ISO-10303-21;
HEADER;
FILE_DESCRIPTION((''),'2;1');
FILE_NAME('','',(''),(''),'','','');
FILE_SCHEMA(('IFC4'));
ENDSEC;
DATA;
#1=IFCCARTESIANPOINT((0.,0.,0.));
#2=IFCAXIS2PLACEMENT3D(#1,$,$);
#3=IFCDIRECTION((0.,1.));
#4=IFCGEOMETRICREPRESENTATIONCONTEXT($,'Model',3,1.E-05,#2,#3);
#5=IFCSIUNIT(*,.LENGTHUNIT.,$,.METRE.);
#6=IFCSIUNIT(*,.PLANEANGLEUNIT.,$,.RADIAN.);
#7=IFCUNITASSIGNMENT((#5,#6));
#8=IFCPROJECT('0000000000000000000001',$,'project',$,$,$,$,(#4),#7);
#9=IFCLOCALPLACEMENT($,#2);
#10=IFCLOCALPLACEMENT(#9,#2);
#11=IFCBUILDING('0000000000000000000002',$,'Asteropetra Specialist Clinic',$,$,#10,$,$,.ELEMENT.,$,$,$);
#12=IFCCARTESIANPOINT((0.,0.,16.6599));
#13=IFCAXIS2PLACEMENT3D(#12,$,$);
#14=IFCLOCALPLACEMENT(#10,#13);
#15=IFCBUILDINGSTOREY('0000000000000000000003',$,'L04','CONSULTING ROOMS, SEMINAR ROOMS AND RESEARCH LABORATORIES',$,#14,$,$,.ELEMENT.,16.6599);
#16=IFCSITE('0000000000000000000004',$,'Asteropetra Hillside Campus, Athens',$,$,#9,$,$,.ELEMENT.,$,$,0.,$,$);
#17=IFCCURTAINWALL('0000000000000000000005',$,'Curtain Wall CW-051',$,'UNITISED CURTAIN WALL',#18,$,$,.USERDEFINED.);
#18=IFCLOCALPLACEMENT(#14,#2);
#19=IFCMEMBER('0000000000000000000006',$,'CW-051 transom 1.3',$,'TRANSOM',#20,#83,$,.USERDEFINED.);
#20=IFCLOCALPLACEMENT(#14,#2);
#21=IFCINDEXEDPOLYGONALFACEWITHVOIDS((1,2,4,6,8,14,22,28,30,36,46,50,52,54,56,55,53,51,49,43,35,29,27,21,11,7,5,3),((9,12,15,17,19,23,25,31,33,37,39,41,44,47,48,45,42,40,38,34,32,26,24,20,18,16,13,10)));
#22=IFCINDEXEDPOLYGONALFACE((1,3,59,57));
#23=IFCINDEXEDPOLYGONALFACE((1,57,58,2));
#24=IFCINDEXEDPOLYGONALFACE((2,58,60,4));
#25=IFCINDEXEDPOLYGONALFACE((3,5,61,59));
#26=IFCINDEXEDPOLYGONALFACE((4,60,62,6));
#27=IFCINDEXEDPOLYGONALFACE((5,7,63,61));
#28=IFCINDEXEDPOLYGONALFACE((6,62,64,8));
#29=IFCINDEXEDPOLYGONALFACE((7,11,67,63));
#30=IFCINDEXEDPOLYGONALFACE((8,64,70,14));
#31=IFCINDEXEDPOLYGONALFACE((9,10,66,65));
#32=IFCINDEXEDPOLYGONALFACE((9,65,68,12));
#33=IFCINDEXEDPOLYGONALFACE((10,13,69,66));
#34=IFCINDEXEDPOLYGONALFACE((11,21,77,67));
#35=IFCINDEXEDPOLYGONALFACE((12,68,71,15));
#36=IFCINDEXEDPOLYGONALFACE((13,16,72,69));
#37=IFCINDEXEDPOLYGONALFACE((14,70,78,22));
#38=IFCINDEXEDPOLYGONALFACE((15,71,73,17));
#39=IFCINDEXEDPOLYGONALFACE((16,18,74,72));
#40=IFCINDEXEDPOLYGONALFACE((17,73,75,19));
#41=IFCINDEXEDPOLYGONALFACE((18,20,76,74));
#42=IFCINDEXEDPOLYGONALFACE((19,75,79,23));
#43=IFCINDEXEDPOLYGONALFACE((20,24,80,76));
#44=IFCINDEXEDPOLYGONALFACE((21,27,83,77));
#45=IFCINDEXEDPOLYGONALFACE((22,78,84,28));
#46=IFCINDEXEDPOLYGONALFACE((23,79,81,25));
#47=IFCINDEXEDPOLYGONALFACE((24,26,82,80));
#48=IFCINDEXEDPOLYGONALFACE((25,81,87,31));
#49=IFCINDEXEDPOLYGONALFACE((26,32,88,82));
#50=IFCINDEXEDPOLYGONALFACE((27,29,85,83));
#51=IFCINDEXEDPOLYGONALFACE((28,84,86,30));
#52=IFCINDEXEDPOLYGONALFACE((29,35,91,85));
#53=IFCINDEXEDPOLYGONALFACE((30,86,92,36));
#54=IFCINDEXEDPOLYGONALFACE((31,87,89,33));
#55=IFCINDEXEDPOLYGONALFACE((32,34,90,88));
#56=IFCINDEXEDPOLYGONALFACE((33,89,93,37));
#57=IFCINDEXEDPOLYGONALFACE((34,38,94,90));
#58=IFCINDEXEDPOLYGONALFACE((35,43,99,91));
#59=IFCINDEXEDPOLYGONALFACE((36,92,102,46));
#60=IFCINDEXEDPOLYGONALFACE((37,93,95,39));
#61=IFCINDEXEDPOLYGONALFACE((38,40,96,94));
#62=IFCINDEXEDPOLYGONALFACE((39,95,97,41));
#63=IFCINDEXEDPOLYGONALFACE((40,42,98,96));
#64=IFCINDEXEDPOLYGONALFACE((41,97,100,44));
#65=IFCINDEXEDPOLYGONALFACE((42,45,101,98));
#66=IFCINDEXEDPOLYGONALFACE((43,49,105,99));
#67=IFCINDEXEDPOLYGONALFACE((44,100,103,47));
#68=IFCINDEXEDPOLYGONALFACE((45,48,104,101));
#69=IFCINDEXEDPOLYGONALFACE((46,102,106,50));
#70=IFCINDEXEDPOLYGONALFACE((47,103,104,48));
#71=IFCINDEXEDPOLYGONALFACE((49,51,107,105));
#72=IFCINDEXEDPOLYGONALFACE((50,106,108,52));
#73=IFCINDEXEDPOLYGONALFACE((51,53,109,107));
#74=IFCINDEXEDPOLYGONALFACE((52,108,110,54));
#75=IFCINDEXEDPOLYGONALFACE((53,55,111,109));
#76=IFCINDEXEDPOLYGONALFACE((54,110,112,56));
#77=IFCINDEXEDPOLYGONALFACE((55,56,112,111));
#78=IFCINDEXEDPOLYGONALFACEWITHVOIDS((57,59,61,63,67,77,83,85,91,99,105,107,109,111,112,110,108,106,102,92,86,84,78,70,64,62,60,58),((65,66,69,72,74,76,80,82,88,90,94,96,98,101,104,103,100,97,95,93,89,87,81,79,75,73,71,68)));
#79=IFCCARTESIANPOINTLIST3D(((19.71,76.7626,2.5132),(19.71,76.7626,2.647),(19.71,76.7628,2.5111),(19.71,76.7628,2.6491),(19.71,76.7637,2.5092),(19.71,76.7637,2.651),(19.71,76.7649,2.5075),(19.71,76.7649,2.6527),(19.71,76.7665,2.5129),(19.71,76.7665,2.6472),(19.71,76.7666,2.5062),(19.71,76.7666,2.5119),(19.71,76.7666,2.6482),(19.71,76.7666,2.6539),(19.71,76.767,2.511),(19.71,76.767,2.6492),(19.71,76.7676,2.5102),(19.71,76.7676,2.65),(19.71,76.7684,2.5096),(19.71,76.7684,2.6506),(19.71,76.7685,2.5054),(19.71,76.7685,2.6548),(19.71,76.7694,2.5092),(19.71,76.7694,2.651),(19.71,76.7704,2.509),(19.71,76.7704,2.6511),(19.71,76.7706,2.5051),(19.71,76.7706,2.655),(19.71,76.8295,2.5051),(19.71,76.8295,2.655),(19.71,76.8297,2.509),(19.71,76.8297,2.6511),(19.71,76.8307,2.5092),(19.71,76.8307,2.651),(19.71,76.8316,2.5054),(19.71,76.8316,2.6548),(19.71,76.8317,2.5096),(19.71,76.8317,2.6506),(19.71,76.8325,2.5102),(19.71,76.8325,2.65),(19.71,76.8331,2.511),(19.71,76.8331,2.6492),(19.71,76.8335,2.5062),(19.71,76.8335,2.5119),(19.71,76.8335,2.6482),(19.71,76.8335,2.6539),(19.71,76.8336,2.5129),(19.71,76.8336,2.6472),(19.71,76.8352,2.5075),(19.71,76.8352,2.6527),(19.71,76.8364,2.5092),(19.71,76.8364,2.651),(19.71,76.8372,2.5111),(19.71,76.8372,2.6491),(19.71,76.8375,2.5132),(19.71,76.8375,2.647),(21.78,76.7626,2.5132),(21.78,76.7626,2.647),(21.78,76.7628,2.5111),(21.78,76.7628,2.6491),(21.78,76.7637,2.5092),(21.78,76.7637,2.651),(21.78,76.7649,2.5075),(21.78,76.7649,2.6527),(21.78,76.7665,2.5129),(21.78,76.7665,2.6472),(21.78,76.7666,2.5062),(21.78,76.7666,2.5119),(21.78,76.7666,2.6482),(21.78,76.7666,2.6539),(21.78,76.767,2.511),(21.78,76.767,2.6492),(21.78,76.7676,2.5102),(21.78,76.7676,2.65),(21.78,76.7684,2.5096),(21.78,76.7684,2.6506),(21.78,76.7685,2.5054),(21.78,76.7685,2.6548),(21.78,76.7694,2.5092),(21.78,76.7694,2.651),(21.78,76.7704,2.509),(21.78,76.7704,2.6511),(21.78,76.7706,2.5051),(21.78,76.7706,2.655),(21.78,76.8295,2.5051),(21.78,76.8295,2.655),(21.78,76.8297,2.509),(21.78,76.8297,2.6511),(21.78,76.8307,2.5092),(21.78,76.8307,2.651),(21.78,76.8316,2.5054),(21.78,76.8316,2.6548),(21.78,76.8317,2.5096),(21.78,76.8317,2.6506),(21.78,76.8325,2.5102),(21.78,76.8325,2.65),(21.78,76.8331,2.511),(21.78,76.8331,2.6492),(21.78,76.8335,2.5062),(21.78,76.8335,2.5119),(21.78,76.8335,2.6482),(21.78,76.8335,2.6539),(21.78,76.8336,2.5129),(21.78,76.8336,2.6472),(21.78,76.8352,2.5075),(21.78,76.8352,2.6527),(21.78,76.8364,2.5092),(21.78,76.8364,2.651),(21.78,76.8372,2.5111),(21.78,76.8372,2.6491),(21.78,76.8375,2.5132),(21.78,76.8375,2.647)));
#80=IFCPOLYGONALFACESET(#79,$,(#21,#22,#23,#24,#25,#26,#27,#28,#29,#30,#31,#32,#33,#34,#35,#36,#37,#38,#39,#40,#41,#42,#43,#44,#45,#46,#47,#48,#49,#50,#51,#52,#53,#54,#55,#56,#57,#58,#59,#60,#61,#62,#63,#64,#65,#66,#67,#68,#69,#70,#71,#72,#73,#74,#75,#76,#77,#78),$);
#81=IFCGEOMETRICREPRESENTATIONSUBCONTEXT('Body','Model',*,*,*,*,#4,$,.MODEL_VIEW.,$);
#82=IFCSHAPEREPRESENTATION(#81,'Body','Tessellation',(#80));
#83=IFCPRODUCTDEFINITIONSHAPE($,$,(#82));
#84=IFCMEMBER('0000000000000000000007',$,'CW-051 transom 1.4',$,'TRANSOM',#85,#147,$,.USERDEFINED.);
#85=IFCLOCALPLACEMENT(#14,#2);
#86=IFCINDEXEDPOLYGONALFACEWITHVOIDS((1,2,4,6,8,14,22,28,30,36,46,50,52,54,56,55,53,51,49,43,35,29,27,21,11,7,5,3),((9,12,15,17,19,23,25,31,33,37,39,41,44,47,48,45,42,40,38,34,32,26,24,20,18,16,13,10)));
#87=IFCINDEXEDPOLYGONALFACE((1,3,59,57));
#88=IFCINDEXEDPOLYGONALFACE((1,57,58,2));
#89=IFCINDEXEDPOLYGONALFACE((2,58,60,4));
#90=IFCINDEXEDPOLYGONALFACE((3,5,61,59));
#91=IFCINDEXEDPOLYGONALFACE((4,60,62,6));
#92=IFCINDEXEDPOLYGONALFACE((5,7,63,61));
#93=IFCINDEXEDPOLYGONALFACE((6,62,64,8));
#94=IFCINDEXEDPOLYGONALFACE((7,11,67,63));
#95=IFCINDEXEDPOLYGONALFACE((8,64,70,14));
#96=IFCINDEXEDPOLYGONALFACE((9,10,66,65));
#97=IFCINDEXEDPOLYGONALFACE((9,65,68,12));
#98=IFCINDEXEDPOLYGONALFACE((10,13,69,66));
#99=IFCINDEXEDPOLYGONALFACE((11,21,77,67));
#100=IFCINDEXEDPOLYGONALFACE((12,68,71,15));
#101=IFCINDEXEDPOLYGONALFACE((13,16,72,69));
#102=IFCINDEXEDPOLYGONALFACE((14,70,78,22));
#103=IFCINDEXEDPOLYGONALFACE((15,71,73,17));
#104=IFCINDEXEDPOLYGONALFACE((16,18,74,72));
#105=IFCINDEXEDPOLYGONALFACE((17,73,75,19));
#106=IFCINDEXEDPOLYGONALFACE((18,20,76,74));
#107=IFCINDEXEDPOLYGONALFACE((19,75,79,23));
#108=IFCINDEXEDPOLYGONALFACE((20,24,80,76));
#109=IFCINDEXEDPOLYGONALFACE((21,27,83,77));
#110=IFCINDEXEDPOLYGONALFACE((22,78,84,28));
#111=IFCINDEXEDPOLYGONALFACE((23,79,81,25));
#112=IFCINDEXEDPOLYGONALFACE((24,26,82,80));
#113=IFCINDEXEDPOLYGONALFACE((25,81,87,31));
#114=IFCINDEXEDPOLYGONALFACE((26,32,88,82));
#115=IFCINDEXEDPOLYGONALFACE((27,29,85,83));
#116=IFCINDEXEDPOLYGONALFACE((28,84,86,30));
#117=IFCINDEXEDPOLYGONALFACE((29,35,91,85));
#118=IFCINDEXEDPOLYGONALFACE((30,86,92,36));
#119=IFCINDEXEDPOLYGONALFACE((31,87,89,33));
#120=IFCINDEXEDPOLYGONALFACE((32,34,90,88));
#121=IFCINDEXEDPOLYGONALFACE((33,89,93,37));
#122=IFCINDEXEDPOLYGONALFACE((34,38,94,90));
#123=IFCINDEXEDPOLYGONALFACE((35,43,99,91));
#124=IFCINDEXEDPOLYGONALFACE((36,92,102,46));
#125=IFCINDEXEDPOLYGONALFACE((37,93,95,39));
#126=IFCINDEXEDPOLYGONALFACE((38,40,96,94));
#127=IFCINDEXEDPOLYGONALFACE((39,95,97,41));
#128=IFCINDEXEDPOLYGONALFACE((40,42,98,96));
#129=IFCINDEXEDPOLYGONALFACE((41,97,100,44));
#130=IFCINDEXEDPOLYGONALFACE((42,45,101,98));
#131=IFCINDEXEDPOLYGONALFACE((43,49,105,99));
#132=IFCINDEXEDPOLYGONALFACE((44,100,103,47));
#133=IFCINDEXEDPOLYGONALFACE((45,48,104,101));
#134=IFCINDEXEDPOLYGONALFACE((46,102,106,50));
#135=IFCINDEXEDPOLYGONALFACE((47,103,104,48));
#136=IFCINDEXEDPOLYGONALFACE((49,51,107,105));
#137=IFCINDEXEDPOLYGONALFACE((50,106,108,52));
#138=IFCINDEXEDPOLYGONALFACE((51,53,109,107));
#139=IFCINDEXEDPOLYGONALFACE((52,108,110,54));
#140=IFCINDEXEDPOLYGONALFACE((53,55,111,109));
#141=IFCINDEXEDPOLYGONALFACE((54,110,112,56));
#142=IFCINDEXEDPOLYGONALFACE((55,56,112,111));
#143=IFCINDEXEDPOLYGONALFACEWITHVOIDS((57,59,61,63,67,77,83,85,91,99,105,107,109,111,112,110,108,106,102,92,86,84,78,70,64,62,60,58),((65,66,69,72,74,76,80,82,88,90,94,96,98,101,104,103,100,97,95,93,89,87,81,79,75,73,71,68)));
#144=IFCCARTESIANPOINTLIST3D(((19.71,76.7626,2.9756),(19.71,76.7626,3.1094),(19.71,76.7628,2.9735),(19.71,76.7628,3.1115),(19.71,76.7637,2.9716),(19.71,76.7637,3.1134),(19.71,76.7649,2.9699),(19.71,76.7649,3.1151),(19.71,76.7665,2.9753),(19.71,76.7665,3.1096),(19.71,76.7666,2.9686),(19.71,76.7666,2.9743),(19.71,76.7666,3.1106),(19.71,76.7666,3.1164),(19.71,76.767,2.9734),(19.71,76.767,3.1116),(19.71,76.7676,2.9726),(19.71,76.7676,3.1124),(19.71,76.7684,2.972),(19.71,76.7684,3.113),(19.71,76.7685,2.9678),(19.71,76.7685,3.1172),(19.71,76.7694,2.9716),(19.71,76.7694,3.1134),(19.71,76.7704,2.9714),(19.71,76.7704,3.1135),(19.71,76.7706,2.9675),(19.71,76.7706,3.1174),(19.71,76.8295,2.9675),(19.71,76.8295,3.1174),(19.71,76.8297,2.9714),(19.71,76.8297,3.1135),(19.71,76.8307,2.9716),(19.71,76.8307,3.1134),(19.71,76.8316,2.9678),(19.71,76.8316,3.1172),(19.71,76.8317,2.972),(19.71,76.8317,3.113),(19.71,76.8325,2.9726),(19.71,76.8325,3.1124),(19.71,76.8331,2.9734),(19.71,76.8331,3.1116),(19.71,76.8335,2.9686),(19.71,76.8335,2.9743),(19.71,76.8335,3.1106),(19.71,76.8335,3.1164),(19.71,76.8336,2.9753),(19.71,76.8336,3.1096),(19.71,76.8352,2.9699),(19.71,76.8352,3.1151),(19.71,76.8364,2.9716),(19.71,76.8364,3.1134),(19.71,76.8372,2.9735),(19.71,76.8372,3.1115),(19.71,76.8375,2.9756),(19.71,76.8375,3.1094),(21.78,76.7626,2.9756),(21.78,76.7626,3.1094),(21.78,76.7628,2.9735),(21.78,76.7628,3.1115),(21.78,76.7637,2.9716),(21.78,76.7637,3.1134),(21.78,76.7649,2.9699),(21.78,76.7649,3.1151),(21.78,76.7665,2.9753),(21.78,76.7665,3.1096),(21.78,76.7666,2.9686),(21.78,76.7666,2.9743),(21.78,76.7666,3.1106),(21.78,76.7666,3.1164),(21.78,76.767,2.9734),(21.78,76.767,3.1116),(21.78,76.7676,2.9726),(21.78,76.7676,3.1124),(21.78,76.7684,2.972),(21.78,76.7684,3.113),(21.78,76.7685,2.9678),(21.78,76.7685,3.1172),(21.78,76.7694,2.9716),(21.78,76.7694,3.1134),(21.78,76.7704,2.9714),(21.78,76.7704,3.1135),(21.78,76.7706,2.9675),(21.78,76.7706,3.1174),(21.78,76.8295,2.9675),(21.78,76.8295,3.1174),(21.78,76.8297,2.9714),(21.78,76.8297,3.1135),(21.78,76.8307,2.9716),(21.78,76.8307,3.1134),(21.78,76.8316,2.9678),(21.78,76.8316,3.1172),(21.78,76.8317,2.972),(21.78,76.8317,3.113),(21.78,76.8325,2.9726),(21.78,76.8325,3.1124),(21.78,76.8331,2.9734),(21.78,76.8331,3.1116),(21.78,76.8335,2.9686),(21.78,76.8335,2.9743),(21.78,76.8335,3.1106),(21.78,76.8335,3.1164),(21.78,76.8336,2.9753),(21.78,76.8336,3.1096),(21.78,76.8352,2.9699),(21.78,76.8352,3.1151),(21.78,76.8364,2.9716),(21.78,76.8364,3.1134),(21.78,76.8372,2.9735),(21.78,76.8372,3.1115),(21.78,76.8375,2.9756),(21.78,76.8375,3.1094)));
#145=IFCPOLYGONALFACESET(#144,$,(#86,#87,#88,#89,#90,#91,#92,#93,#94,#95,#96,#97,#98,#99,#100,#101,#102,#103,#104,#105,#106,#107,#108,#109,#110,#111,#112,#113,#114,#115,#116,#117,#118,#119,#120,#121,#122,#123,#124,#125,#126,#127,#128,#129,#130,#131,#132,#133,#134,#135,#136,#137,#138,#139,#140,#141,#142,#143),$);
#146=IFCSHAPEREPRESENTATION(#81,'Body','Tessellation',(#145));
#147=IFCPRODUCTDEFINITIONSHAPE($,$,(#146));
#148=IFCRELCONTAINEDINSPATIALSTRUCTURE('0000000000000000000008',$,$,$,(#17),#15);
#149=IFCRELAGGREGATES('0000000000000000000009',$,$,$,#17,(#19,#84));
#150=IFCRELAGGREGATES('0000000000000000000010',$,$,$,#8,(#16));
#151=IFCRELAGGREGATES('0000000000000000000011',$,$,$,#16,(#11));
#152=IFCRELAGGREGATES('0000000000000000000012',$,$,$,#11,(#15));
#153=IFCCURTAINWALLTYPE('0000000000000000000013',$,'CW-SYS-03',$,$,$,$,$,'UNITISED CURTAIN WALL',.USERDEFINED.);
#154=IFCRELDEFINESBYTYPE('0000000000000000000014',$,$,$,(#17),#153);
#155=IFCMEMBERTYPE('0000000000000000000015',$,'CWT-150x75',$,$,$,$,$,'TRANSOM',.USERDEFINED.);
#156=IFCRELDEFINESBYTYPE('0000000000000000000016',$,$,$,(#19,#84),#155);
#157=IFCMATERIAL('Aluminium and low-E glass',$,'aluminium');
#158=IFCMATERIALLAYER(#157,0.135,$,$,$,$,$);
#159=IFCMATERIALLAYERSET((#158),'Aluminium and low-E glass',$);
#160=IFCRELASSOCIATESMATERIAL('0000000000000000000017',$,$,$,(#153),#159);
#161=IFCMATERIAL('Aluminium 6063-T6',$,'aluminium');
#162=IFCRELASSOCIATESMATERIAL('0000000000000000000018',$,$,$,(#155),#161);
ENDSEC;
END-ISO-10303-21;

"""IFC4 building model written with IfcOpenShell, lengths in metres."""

from ifc_helpers import new_model, si_unit, direction, frame, origin, origin_2d, place, context, subcontext, project, spatial, hollow_rectangle, extrude, material, layer, layer_set, material_profile, profile_set, type_object, element, aggregate, save


model = new_model("IFC4")

# Units and contexts
model_context = context("Model", 3, precision=1e-05, world=origin(), true_north=direction((0.0, 1.0)))
body_context = subcontext(model_context, "Body", "Model", "MODEL_VIEW")
ifc_project = project(units=[si_unit("LENGTHUNIT", "METRE"), si_unit("PLANEANGLEUNIT", "RADIAN")], contexts=[model_context])

# Site, building, storey
site_placement = place(None, origin())
site = spatial("IfcSite", under=ifc_project, at=site_placement, Name="Asteropetra Hillside Campus, Athens", CompositionType="ELEMENT", RefElevation=0.0)
building_placement = place(site_placement, origin())
building = spatial("IfcBuilding", under=site, at=building_placement, Name="Asteropetra Specialist Clinic", CompositionType="ELEMENT")
storey_placement = place(building_placement, frame((0.0, 0.0, 16.6599)))
storey = spatial("IfcBuildingStorey", under=building, at=storey_placement, Name="L04", Description="CONSULTING ROOMS, SEMINAR ROOMS AND RESEARCH LABORATORIES", CompositionType="ELEMENT", Elevation=16.6599)

# Curtain wall
ifc_material_1 = material(Name="Aluminium and low-E glass", Category="aluminium")
ifc_layer_1 = layer(ifc_material_1, 0.135)
ifc_layer_set_1 = layer_set([ifc_layer_1], Name="Aluminium and low-E glass")
curtain_wall_type_1 = type_object("IfcCurtainWallType", Name="CW-SYS-03", ElementType="UNITISED CURTAIN WALL", PredefinedType="USERDEFINED", material=ifc_layer_set_1)
curtain_wall_1_placement = place(storey_placement, origin())
curtain_wall_1 = element("IfcCurtainWall", 1, at=curtain_wall_1_placement, inside=storey, type_object=curtain_wall_type_1, Name="Curtain Wall CW-051", ObjectType="UNITISED CURTAIN WALL", PredefinedType="USERDEFINED")

# Members
ifc_material_2 = material(Name="Aluminium 6063-T6", Category="aluminium")
ifc_material_profile_1 = material_profile(ifc_material_2, hollow_rectangle(XDim=0.075, YDim=0.1499, WallThickness=0.0039, InnerFilletRadius=0.0039, OuterFilletRadius=0.0081, at=origin_2d()), Name="TRN 150x75x4.0")
ifc_profile_set_1 = profile_set([ifc_material_profile_1], Name="Aluminium 6063-T6")
member_type_1 = type_object("IfcMemberType", Name="CWT-150x75", ElementType="TRANSOM", PredefinedType="USERDEFINED", material=ifc_profile_set_1)
member_1_placement = place(storey_placement, frame((19.71, 76.8, 2.5801), z_axis=(1.0, 0.0, 0.0), x_axis=(0.0, 1.0, 0.0)))
member_1 = element("IfcMember", 2, at=member_1_placement, type_object=member_type_1, Name="CW-051 transom 1.3", ObjectType="TRANSOM", PredefinedType="USERDEFINED", context=body_context, shape_type="SweptSolid", body=[
    extrude(hollow_rectangle(XDim=0.075, YDim=0.1499, WallThickness=0.0039, InnerFilletRadius=0.0039, OuterFilletRadius=0.0081, at=origin_2d()), origin(), (0.0, 0.0, 1.0), 2.0701),
])
member_2_placement = place(storey_placement, frame((19.71, 76.8, 3.0425), z_axis=(1.0, 0.0, 0.0), x_axis=(0.0, 1.0, 0.0)))
member_2 = element("IfcMember", 3, at=member_2_placement, type_object=member_type_1, Name="CW-051 transom 1.4", ObjectType="TRANSOM", PredefinedType="USERDEFINED", context=body_context, shape_type="SweptSolid", body=[
    extrude(hollow_rectangle(XDim=0.075, YDim=0.1499, WallThickness=0.0039, InnerFilletRadius=0.0039, OuterFilletRadius=0.0081, at=origin_2d()), origin(), (0.0, 0.0, 1.0), 2.0701),
])

aggregate(curtain_wall_1, [member_1, member_2])

save(model, "model.ifc")
